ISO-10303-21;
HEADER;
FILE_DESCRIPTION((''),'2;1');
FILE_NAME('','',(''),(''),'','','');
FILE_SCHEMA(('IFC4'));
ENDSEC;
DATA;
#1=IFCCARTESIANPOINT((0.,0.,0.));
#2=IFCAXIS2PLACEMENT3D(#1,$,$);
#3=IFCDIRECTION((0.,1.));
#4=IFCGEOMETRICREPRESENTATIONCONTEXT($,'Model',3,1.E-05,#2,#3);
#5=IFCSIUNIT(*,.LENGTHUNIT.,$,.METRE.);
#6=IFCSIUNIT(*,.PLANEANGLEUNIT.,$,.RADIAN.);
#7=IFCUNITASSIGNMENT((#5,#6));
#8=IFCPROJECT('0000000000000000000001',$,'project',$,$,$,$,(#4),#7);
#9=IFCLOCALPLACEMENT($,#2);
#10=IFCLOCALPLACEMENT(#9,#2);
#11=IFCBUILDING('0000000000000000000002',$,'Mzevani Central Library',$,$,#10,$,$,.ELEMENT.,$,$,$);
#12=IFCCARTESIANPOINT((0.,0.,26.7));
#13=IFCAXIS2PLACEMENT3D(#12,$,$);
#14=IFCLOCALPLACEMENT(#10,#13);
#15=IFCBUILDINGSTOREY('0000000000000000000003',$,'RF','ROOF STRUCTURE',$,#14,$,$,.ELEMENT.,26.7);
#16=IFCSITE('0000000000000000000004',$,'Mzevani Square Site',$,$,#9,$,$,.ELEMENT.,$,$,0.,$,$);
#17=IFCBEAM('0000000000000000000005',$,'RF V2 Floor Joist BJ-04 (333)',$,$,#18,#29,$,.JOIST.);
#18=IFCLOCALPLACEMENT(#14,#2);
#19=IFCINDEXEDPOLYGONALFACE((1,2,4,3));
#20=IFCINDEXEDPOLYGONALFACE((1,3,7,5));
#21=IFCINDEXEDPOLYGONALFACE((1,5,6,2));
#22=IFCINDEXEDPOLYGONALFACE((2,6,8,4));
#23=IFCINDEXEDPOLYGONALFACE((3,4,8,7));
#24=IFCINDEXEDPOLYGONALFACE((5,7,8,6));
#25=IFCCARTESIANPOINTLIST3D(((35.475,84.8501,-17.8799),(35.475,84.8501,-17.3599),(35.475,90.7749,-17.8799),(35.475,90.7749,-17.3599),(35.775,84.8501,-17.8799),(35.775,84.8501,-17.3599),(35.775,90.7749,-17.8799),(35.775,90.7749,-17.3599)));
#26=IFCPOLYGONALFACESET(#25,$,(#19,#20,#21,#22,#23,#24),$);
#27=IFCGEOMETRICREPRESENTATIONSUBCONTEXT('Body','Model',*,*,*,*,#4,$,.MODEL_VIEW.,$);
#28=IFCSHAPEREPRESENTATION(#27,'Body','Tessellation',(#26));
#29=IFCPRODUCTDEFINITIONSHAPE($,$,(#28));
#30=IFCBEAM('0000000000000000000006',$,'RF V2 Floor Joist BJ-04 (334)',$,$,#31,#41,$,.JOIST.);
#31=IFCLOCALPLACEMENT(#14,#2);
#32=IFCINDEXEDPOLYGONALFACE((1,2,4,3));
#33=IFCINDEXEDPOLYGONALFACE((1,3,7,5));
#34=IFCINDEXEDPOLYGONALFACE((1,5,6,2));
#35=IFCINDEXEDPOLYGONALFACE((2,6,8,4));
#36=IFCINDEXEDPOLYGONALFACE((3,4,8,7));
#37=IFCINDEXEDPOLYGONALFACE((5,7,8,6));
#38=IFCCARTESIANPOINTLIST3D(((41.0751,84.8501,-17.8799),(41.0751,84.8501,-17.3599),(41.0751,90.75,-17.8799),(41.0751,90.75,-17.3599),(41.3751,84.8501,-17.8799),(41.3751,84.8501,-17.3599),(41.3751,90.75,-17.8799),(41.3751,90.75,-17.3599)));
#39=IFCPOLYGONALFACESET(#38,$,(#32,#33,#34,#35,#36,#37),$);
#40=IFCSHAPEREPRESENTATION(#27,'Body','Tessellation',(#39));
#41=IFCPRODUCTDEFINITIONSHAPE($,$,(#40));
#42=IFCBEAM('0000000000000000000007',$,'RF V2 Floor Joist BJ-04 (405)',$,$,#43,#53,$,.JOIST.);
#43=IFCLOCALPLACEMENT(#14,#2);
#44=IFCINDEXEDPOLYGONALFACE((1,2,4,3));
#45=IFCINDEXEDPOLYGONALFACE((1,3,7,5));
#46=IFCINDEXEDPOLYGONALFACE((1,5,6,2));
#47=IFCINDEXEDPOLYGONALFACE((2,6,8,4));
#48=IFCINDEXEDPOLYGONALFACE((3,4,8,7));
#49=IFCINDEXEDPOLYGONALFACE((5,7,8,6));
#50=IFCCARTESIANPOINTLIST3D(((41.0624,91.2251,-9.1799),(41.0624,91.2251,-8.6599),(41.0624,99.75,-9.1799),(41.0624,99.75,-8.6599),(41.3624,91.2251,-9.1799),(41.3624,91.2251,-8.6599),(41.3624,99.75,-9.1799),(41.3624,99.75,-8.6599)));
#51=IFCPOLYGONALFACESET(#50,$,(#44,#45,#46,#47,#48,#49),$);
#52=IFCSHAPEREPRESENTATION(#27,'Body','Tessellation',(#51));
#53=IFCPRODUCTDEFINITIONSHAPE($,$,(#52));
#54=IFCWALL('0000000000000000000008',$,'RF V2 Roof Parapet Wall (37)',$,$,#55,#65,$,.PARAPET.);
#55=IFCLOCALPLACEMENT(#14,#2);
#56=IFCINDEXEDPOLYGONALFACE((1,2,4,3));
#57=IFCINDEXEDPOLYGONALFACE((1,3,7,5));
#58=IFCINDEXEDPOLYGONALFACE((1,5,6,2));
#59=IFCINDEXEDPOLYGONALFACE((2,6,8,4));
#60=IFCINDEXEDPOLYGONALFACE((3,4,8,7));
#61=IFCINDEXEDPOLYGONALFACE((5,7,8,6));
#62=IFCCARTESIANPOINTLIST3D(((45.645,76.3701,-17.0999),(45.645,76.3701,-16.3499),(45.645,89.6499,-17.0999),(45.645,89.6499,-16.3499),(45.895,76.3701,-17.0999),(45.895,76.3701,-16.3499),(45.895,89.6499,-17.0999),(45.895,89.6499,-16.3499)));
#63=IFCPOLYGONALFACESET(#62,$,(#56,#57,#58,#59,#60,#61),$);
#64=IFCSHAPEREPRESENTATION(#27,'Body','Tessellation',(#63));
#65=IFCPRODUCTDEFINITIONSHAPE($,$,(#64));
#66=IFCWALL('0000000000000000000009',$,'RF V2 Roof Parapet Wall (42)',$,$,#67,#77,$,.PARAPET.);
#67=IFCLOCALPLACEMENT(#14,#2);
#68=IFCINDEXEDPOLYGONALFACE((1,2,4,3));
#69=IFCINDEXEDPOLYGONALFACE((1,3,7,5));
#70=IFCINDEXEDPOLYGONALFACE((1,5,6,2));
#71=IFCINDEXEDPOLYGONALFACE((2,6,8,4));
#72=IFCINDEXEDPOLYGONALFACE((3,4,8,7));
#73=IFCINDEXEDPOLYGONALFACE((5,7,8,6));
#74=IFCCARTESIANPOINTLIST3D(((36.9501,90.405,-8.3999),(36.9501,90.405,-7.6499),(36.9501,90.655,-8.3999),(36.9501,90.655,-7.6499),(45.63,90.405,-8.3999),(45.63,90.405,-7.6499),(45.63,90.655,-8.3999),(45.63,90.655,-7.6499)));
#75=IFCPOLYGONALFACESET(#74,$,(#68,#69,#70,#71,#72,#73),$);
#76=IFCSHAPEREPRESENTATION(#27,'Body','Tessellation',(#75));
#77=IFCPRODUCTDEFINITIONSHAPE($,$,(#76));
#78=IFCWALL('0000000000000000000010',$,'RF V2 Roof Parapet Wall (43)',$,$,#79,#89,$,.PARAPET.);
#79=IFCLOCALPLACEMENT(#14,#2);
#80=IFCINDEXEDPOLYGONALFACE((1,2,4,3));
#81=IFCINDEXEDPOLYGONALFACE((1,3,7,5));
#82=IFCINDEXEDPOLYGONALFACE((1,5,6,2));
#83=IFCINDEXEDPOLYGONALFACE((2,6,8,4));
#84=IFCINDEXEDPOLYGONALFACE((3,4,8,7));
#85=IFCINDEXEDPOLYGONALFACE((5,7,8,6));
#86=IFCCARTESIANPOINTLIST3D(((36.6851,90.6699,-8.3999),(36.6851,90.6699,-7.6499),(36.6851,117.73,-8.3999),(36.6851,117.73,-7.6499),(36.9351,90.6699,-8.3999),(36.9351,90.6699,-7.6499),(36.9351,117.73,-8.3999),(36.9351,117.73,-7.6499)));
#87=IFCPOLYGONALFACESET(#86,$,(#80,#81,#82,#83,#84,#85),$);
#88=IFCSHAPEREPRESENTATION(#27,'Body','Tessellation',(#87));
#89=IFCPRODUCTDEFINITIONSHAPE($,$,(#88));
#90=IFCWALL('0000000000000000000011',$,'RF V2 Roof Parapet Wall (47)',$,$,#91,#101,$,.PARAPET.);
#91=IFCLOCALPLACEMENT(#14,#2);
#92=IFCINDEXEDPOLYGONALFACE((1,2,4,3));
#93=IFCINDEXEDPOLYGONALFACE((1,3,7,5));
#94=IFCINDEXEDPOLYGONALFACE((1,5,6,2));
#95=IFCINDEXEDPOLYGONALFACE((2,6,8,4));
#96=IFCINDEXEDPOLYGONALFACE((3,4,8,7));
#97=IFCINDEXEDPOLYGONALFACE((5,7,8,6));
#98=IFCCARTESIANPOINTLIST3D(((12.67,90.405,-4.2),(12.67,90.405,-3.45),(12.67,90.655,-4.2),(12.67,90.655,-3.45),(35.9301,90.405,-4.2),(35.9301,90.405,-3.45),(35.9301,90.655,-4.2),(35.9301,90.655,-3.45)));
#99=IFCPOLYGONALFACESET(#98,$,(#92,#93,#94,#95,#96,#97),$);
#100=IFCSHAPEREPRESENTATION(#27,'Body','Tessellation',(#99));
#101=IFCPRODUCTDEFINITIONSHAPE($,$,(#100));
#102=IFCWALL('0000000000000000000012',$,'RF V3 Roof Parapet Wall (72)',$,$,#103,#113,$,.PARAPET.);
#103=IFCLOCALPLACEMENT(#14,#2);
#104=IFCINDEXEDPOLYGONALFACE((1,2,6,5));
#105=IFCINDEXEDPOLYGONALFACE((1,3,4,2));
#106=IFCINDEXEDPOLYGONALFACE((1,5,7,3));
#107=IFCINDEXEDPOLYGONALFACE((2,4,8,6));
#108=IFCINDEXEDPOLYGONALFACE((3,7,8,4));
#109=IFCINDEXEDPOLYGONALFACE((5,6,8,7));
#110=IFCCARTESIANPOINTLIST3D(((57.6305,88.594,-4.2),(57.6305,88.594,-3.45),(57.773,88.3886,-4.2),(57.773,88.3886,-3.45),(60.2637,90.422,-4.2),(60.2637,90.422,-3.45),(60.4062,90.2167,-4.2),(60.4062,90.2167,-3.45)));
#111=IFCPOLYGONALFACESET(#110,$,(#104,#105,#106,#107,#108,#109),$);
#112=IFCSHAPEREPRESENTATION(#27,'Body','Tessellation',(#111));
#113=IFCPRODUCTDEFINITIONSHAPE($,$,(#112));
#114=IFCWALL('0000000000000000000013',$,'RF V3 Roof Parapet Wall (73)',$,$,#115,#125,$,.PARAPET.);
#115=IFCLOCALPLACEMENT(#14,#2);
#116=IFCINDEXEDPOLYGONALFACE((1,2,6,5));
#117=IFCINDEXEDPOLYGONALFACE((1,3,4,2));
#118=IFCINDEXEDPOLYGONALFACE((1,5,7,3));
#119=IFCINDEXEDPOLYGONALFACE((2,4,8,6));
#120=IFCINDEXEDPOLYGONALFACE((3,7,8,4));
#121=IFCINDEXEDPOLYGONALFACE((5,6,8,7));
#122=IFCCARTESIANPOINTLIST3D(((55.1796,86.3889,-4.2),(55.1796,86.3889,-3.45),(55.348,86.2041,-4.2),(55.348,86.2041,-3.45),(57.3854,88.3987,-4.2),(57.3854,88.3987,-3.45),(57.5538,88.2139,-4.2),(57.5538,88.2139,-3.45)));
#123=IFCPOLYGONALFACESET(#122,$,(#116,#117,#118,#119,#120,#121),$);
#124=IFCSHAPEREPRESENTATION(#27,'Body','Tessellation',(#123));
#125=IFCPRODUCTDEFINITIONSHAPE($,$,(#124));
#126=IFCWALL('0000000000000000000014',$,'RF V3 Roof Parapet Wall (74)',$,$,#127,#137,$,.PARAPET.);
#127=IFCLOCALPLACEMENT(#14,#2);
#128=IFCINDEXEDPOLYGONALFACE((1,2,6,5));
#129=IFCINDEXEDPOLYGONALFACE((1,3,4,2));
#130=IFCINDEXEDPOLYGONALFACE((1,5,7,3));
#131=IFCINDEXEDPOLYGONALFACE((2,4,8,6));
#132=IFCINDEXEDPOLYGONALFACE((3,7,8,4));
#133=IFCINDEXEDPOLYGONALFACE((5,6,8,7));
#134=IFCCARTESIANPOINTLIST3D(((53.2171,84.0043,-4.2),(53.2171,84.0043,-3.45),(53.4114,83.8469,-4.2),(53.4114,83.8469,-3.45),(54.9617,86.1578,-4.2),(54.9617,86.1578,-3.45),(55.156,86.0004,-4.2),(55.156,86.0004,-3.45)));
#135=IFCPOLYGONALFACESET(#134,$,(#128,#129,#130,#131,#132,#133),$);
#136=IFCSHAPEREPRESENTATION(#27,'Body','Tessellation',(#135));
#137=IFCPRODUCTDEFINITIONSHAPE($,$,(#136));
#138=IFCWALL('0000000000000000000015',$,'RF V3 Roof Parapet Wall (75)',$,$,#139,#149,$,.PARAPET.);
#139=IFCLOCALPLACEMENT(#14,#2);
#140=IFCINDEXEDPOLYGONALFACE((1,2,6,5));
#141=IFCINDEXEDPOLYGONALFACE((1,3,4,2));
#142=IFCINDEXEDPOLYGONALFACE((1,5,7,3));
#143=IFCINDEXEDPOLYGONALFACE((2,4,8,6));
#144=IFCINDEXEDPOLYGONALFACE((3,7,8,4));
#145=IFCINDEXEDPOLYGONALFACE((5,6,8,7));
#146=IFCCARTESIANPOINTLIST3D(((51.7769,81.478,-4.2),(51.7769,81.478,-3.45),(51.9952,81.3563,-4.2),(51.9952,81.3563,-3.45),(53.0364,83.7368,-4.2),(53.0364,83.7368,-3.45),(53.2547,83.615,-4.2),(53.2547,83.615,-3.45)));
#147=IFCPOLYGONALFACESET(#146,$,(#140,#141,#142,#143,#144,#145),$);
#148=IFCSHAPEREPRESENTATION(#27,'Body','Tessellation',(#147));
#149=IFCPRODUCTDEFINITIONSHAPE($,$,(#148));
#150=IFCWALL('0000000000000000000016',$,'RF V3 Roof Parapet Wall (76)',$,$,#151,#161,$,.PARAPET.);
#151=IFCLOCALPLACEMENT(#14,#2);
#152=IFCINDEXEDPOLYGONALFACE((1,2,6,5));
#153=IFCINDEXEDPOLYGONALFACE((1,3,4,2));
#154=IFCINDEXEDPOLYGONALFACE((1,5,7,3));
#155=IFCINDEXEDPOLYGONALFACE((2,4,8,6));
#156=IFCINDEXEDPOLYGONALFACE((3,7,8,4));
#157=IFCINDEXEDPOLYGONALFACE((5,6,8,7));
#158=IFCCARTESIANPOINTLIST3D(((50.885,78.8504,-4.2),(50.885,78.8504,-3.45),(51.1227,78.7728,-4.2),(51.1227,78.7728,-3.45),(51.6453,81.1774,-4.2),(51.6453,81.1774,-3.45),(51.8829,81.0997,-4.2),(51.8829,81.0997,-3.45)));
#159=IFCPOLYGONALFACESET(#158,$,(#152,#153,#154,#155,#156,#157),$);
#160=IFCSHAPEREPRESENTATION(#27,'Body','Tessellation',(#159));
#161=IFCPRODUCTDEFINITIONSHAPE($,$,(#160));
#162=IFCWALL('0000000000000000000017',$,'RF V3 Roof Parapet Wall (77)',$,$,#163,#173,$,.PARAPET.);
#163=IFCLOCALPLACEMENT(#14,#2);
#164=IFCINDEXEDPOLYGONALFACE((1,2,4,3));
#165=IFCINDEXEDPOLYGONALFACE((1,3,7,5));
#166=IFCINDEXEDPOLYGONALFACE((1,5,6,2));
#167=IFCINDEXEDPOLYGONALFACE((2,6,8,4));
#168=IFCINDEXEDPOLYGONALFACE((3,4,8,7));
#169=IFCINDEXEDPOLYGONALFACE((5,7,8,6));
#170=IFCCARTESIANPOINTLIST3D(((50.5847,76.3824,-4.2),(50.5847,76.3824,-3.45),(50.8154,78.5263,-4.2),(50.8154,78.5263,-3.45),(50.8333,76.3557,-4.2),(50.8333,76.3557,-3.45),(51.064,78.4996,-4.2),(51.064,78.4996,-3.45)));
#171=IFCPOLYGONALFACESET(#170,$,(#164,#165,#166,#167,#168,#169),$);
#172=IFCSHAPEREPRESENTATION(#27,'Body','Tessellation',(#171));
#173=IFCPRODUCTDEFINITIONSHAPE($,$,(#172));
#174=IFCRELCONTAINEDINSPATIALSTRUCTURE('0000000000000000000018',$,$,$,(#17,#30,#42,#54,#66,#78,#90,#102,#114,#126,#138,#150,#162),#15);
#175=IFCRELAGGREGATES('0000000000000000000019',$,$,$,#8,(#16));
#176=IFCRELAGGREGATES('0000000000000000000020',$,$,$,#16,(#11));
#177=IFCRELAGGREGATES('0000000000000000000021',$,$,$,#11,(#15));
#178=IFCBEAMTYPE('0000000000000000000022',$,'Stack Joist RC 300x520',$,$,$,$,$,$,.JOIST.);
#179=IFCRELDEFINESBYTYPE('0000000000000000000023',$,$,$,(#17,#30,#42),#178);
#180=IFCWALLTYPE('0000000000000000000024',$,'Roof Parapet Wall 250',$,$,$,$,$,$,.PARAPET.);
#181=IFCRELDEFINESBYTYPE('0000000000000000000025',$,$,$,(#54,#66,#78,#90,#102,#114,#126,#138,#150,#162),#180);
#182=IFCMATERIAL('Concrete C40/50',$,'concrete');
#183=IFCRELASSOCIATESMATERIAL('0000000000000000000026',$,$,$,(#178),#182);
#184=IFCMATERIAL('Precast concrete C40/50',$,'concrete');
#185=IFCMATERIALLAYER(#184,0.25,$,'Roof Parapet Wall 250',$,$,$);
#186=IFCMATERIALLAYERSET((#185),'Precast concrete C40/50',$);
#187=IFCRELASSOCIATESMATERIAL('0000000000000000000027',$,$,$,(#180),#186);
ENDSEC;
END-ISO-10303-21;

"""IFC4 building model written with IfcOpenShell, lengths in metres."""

from ifc_helpers import new_model, si_unit, direction, frame, frame_2d, origin, origin_2d, place, context, subcontext, project, spatial, rectangle, extrude, material, layer, layer_set, material_profile, profile_set, type_object, element, save


model = new_model("IFC4")

# Units and contexts
model_context = context("Model", 3, precision=1e-05, world=origin(), true_north=direction((0.0, 1.0)))
body_context = subcontext(model_context, "Body", "Model", "MODEL_VIEW")
ifc_project = project(units=[si_unit("LENGTHUNIT", "METRE"), si_unit("PLANEANGLEUNIT", "RADIAN")], contexts=[model_context])

# Site, building, storey
site_placement = place(None, origin())
site = spatial("IfcSite", under=ifc_project, at=site_placement, Name="Mzevani Square Site", CompositionType="ELEMENT", RefElevation=0.0)
building_placement = place(site_placement, origin())
building = spatial("IfcBuilding", under=site, at=building_placement, Name="Mzevani Central Library", CompositionType="ELEMENT")
storey_placement = place(building_placement, frame((0.0, 0.0, 26.7)))
storey = spatial("IfcBuildingStorey", under=building, at=storey_placement, Name="RF", Description="ROOF STRUCTURE", CompositionType="ELEMENT", Elevation=26.7)

# Beams
ifc_material_1 = material(Name="Concrete C40/50", Category="concrete")
ifc_material_profile_1 = material_profile(ifc_material_1, rectangle(XDim=0.3, YDim=0.52, at=origin_2d()), Name="RC J300x520")
ifc_profile_set_1 = profile_set([ifc_material_profile_1], Name="Concrete C40/50")
beam_type_1 = type_object("IfcBeamType", Name="Stack Joist RC 300x520", PredefinedType="JOIST", material=ifc_profile_set_1)
beam_1_placement = place(storey_placement, frame((35.625, 84.8501, -17.6199), z_axis=(0.0, 1.0, 0.0), x_axis=(-1.0, 0.0, 0.0)))
element("IfcBeam", 1, at=beam_1_placement, inside=storey, type_object=beam_type_1, Name="RF V2 Floor Joist BJ-04 (333)", PredefinedType="JOIST", context=body_context, shape_type="SweptSolid", body=[
    extrude(rectangle(XDim=0.3, YDim=0.52, at=origin_2d()), origin(), (0.0, 0.0, 1.0), 5.9248),
])
beam_2_placement = place(storey_placement, frame((41.2251, 84.8501, -17.6199), z_axis=(0.0, 1.0, 0.0), x_axis=(-1.0, 0.0, 0.0)))
element("IfcBeam", 2, at=beam_2_placement, inside=storey, type_object=beam_type_1, Name="RF V2 Floor Joist BJ-04 (334)", PredefinedType="JOIST", context=body_context, shape_type="SweptSolid", body=[
    extrude(rectangle(XDim=0.3, YDim=0.52, at=origin_2d()), origin(), (0.0, 0.0, 1.0), 5.8999),
])
beam_3_placement = place(storey_placement, frame((41.2124, 91.2251, -8.9199), z_axis=(0.0, 1.0, 0.0), x_axis=(-1.0, 0.0, 0.0)))
element("IfcBeam", 3, at=beam_3_placement, inside=storey, type_object=beam_type_1, Name="RF V2 Floor Joist BJ-04 (405)", PredefinedType="JOIST", context=body_context, shape_type="SweptSolid", body=[
    extrude(rectangle(XDim=0.3, YDim=0.52, at=origin_2d()), origin(), (0.0, 0.0, 1.0), 8.5249),
])

# Walls
ifc_material_2 = material(Name="Precast concrete C40/50", Category="concrete")
ifc_layer = layer(ifc_material_2, 0.25, Name="Roof Parapet Wall 250")
ifc_layer_set = layer_set([ifc_layer], Name="Precast concrete C40/50")
wall_type = type_object("IfcWallType", Name="Roof Parapet Wall 250", PredefinedType="PARAPET", material=ifc_layer_set)
wall_1_placement = place(storey_placement, frame((45.77, 89.6499, -17.0999), z_axis=(0.0, 0.0, 1.0), x_axis=(0.0, -1.0, 0.0)))
element("IfcWall", 4, at=wall_1_placement, inside=storey, type_object=wall_type, Name="RF V2 Roof Parapet Wall (37)", PredefinedType="PARAPET", context=body_context, shape_type="SweptSolid", body=[
    extrude(rectangle(XDim=13.2798, YDim=0.25, at=frame_2d((6.6399, 0.0))), origin(), (0.0, 0.0, 1.0), 0.75),
])
wall_2_placement = place(storey_placement, frame((45.6299, 90.53, -8.3999), z_axis=(0.0, 0.0, 1.0), x_axis=(-1.0, 0.0, 0.0)))
element("IfcWall", 5, at=wall_2_placement, inside=storey, type_object=wall_type, Name="RF V2 Roof Parapet Wall (42)", PredefinedType="PARAPET", context=body_context, shape_type="SweptSolid", body=[
    extrude(rectangle(XDim=8.6799, YDim=0.25, at=frame_2d((4.3398, 0.0))), origin(), (0.0, 0.0, 1.0), 0.75),
])
wall_3_placement = place(storey_placement, frame((36.8101, 90.6699, -8.3999), z_axis=(0.0, 0.0, 1.0), x_axis=(0.0, 1.0, 0.0)))
element("IfcWall", 6, at=wall_3_placement, inside=storey, type_object=wall_type, Name="RF V2 Roof Parapet Wall (43)", PredefinedType="PARAPET", context=body_context, shape_type="SweptSolid", body=[
    extrude(rectangle(XDim=27.0601, YDim=0.25, at=frame_2d((13.53, 0.0))), origin(), (0.0, 0.0, 1.0), 0.75),
])
wall_4_placement = place(storey_placement, frame((35.9299, 90.53, -4.2), z_axis=(0.0, 0.0, 1.0), x_axis=(-1.0, 0.0, 0.0)))
element("IfcWall", 7, at=wall_4_placement, inside=storey, type_object=wall_type, Name="RF V2 Roof Parapet Wall (47)", PredefinedType="PARAPET", context=body_context, shape_type="SweptSolid", body=[
    extrude(rectangle(XDim=23.26, YDim=0.25, at=frame_2d((11.6299, 0.0))), origin(), (0.0, 0.0, 1.0), 0.75),
])
wall_5_placement = place(storey_placement, frame((60.335, 90.3193, -4.2), z_axis=(0.0, 0.0, 1.0), x_axis=(-0.821451, -0.570279, 0.0)))
element("IfcWall", 8, at=wall_5_placement, inside=storey, type_object=wall_type, Name="RF V3 Roof Parapet Wall (72)", PredefinedType="PARAPET", context=body_context, shape_type="SweptSolid", body=[
    extrude(rectangle(XDim=3.2056, YDim=0.25, at=frame_2d((1.6028, 0.0))), origin(), (0.0, 0.0, 1.0), 0.75),
])
wall_6_placement = place(storey_placement, frame((57.4697, 88.3064, -4.2), z_axis=(0.0, 0.0, 1.0), x_axis=(-0.739192, -0.673495, 0.0)))
element("IfcWall", 9, at=wall_6_placement, inside=storey, type_object=wall_type, Name="RF V3 Roof Parapet Wall (73)", PredefinedType="PARAPET", context=body_context, shape_type="SweptSolid", body=[
    extrude(rectangle(XDim=2.9841, YDim=0.25, at=frame_2d((1.4922, 0.0))), origin(), (0.0, 0.0, 1.0), 0.75),
])
wall_7_placement = place(storey_placement, frame((55.0588, 86.0791, -4.2), z_axis=(0.0, 0.0, 1.0), x_axis=(-0.629474, -0.777021, 0.0)))
element("IfcWall", 10, at=wall_7_placement, inside=storey, type_object=wall_type, Name="RF V3 Roof Parapet Wall (74)", PredefinedType="PARAPET", context=body_context, shape_type="SweptSolid", body=[
    extrude(rectangle(XDim=2.7715, YDim=0.25, at=frame_2d((1.3857, 0.0))), origin(), (0.0, 0.0, 1.0), 0.75),
])
wall_8_placement = place(storey_placement, frame((53.1455, 83.6758, -4.2), z_axis=(0.0, 0.0, 1.0), x_axis=(-0.487013, -0.873395, 0.0)))
element("IfcWall", 11, at=wall_8_placement, inside=storey, type_object=wall_type, Name="RF V3 Roof Parapet Wall (75)", PredefinedType="PARAPET", context=body_context, shape_type="SweptSolid", body=[
    extrude(rectangle(XDim=2.5862, YDim=0.25, at=frame_2d((1.293, 0.0))), origin(), (0.0, 0.0, 1.0), 0.75),
])
wall_9_placement = place(storey_placement, frame((51.7642, 81.1387, -4.2), z_axis=(0.0, 0.0, 1.0), x_axis=(-0.310567, -0.950551, 0.0)))
element("IfcWall", 12, at=wall_9_placement, inside=storey, type_object=wall_type, Name="RF V3 Roof Parapet Wall (76)", PredefinedType="PARAPET", context=body_context, shape_type="SweptSolid", body=[
    extrude(rectangle(XDim=2.448, YDim=0.25, at=frame_2d((1.2241, 0.0))), origin(), (0.0, 0.0, 1.0), 0.75),
])
wall_10_placement = place(storey_placement, frame((50.9397, 78.5129, -4.2), z_axis=(0.0, 0.0, 1.0), x_axis=(-0.107001, -0.994259, 0.0)))
element("IfcWall", 13, at=wall_10_placement, inside=storey, type_object=wall_type, Name="RF V3 Roof Parapet Wall (77)", PredefinedType="PARAPET", context=body_context, shape_type="SweptSolid", body=[
    extrude(rectangle(XDim=2.1562, YDim=0.25, at=frame_2d((1.0781, 0.0))), origin(), (0.0, 0.0, 1.0), 0.75),
])

save(model, "model.ifc")
